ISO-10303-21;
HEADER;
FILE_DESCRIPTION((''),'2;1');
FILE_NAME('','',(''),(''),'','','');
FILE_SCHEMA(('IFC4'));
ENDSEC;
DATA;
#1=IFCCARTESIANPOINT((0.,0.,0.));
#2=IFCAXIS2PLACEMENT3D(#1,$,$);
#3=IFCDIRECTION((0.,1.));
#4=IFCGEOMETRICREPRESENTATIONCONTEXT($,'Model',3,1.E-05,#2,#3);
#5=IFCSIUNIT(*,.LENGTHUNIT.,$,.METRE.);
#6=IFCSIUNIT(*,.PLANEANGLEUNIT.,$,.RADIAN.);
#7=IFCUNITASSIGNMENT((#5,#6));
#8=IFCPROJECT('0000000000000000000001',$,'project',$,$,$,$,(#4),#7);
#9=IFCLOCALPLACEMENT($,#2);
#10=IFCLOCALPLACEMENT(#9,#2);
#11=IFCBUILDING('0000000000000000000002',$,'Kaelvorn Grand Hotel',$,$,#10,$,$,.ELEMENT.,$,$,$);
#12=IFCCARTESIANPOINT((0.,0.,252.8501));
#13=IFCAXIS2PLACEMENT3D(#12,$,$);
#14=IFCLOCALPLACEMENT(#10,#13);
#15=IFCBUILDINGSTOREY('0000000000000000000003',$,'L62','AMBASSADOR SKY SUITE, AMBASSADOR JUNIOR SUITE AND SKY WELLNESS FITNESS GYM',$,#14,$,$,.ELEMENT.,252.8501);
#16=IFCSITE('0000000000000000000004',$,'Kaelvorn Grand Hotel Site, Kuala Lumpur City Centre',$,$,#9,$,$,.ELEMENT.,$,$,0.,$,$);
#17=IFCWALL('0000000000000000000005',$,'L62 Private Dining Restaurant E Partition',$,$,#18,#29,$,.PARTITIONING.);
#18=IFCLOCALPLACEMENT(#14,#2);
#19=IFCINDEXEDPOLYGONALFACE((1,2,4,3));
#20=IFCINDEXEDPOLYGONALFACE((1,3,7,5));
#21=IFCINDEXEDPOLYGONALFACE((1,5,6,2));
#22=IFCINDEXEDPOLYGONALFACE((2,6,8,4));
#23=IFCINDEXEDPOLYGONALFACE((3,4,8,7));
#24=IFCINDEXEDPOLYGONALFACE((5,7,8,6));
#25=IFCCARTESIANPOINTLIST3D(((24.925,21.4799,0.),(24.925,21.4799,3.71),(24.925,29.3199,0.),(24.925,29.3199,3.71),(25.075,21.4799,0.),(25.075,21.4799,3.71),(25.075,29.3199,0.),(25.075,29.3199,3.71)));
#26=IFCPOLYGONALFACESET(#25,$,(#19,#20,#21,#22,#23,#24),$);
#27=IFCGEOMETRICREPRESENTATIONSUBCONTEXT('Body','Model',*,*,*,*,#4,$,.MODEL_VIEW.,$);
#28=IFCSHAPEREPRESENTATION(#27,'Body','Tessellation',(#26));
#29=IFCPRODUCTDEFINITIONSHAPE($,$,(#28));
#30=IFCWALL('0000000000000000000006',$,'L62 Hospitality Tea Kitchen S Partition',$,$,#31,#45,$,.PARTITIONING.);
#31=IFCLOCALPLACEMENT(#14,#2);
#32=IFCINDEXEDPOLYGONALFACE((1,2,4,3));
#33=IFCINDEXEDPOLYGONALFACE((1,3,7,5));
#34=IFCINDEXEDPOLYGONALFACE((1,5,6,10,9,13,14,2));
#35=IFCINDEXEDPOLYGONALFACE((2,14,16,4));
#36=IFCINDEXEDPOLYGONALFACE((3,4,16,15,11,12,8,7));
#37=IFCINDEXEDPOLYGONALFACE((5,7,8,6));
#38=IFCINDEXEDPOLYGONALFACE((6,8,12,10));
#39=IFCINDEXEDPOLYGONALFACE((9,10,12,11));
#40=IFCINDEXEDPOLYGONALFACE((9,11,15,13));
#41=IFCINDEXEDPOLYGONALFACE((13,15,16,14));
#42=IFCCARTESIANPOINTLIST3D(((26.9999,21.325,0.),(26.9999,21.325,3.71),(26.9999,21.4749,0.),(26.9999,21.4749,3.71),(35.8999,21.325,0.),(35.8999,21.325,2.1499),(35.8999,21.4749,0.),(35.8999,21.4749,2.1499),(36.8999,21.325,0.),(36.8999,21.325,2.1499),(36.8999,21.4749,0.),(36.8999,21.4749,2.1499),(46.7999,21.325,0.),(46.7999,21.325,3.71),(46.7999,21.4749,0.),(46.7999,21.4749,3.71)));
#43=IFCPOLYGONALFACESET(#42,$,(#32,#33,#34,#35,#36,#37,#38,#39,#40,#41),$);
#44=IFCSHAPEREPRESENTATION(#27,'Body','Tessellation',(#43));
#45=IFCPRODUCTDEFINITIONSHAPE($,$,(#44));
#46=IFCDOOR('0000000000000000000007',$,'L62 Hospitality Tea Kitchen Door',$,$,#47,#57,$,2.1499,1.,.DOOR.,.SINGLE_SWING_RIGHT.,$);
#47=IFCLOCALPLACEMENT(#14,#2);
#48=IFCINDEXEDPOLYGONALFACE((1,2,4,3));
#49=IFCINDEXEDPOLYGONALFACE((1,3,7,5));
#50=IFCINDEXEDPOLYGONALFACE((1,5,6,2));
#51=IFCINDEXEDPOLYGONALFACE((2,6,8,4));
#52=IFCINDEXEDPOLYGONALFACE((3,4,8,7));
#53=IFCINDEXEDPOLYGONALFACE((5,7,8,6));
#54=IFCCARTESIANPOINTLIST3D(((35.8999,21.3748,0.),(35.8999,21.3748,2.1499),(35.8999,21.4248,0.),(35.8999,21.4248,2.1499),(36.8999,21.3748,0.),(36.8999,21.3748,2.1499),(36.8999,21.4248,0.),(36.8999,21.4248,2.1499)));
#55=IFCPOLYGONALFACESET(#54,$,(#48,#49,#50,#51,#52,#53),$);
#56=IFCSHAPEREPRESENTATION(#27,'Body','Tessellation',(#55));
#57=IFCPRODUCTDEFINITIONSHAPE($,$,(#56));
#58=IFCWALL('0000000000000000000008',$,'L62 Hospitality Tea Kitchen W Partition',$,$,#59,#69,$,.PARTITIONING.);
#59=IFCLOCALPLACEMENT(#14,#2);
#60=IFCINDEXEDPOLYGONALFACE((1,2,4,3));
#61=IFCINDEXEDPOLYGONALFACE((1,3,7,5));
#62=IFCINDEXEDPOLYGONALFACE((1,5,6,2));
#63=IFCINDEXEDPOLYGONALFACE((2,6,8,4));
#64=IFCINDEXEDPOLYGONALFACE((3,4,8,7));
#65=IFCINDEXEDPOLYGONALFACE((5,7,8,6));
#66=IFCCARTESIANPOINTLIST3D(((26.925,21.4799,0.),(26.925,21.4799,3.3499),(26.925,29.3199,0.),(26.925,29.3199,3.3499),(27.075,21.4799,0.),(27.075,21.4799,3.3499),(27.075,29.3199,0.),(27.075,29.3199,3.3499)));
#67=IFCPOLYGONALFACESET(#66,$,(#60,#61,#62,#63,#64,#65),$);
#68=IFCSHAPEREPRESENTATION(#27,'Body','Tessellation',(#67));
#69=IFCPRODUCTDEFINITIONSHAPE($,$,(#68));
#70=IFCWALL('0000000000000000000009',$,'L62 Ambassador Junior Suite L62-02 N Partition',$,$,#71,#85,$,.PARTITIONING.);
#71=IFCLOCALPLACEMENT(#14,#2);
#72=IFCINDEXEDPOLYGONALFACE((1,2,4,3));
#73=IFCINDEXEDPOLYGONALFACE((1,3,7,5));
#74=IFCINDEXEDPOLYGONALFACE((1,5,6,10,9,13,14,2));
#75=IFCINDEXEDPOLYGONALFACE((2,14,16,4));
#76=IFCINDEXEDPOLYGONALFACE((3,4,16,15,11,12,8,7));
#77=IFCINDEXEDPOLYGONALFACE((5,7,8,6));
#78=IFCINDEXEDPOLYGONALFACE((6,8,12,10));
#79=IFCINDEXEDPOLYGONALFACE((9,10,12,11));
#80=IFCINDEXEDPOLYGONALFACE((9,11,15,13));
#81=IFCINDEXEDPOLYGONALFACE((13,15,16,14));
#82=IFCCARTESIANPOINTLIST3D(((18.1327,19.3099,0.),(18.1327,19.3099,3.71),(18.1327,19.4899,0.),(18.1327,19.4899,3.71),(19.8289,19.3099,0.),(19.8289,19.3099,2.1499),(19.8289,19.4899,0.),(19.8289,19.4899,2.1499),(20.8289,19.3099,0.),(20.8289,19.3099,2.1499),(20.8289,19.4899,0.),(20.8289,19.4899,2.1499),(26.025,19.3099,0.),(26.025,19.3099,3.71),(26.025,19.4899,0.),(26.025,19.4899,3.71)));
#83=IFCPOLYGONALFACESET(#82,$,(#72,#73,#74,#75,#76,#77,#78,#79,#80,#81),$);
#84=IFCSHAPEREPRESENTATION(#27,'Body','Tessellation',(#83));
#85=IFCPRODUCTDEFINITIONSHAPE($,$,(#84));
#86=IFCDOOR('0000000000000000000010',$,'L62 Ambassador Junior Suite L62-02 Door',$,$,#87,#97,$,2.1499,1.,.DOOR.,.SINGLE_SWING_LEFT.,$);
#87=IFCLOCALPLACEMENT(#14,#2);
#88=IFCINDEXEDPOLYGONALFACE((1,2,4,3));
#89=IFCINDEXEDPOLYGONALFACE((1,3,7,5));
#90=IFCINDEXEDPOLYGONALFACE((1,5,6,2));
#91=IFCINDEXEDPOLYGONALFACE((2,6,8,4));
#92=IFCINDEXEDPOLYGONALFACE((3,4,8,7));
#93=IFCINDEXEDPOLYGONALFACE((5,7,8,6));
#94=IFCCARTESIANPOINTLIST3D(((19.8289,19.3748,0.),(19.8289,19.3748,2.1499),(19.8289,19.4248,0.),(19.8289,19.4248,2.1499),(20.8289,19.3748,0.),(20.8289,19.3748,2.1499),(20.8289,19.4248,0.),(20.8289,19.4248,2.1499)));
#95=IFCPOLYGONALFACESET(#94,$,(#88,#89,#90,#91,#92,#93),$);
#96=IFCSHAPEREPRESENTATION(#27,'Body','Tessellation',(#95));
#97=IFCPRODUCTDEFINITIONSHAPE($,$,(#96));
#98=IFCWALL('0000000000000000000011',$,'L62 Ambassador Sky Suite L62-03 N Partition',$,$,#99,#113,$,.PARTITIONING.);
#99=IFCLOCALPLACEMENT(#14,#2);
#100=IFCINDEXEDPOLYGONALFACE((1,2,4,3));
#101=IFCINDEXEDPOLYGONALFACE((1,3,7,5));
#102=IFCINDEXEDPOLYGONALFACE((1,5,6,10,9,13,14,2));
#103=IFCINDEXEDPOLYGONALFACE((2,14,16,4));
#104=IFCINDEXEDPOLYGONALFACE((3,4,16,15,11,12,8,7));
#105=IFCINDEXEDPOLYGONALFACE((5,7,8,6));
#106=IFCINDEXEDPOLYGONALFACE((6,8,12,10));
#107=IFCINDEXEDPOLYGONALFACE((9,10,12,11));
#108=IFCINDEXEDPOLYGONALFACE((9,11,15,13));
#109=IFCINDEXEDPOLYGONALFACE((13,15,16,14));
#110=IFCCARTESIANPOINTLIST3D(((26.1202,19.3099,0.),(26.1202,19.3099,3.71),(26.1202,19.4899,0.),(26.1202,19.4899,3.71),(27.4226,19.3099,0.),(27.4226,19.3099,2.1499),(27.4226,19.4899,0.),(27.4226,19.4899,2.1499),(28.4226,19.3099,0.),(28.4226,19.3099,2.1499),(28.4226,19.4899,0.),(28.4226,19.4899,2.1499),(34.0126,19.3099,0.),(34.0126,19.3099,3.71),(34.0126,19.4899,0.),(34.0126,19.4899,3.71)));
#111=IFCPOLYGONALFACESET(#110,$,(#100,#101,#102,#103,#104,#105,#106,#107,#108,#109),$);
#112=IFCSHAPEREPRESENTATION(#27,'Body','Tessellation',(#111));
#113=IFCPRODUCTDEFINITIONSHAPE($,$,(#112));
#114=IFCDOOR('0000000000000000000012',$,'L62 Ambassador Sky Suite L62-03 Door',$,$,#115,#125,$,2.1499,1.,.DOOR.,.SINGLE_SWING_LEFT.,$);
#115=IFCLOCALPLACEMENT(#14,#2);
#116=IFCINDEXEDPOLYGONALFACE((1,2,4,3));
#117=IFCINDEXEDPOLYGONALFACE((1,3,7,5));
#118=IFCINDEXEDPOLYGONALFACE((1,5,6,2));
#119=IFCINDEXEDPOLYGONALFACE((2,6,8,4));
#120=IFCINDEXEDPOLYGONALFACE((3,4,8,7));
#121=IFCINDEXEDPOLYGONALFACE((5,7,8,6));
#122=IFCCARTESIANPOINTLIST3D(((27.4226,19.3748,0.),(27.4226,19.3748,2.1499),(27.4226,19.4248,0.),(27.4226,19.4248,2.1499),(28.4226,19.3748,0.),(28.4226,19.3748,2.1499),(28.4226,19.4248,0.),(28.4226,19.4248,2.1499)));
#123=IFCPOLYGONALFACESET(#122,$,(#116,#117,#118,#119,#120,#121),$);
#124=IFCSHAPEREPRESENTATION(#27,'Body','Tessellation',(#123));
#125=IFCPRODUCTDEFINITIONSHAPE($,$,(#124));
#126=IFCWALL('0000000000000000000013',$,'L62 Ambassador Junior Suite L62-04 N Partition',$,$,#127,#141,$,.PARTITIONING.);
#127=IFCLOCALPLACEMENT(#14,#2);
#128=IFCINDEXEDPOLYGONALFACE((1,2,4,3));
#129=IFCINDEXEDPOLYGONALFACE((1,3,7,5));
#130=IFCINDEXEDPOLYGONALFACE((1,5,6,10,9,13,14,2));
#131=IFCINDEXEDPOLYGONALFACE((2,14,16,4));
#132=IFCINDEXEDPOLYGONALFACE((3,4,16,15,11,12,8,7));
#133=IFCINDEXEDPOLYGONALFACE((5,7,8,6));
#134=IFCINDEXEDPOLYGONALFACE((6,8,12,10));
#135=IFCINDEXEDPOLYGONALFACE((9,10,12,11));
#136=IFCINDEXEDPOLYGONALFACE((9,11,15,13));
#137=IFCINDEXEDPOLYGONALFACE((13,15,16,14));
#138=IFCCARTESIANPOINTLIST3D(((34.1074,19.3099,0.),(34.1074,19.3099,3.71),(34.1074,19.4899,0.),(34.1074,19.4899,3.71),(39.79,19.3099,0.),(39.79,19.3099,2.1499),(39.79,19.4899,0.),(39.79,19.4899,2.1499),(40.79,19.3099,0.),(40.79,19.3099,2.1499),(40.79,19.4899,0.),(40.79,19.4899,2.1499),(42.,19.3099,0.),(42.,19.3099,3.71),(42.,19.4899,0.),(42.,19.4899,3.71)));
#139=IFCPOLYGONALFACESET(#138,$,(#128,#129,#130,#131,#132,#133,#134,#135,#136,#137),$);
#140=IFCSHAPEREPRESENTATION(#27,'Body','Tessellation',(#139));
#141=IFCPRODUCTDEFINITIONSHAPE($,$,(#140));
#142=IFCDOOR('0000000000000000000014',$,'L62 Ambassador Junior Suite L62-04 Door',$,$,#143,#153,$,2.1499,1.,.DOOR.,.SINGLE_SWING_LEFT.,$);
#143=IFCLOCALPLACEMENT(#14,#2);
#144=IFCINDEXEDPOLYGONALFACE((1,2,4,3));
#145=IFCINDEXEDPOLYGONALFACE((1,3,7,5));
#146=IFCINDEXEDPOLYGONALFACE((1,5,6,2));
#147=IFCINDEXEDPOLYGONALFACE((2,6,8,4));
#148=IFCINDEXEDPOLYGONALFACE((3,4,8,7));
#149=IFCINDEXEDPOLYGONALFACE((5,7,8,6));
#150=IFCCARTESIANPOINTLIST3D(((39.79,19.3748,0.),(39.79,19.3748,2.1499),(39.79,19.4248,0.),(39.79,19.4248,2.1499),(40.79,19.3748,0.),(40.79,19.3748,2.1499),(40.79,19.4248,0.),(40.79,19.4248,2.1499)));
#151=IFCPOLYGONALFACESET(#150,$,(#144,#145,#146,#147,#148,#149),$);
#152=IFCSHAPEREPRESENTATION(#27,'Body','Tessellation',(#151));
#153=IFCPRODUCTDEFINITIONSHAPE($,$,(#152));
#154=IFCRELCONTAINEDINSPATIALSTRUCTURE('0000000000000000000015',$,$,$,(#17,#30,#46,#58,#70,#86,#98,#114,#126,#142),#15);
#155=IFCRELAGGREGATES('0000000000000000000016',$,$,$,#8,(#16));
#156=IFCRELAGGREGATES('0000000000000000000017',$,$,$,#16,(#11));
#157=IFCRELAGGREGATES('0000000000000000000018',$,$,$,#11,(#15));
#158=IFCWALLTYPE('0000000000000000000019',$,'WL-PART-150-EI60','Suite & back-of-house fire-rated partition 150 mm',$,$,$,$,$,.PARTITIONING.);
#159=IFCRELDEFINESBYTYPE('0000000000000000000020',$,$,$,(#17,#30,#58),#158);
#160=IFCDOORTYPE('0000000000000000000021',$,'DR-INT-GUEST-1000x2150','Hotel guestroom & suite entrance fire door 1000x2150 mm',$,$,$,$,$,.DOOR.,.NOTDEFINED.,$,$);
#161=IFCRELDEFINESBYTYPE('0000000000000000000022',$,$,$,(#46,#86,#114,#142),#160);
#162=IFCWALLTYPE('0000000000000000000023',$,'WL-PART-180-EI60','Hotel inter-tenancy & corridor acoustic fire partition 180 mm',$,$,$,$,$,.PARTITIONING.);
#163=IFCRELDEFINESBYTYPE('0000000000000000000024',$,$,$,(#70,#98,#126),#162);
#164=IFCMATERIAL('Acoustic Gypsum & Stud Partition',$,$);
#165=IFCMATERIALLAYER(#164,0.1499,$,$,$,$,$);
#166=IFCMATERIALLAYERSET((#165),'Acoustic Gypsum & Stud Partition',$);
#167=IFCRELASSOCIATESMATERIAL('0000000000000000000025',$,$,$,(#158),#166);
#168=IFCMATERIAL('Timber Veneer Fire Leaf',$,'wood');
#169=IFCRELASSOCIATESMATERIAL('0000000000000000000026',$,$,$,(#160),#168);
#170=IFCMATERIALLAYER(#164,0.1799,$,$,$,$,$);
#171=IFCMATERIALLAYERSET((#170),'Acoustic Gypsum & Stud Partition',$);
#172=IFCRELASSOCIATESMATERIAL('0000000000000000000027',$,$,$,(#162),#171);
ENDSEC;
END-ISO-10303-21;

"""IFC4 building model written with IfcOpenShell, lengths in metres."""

from ifc_helpers import new_model, si_unit, direction, frame, frame_2d, origin, place, context, subcontext, project, spatial, rectangle, extrude, material, layer, layer_set, type_object, element, fill, save


model = new_model("IFC4")

# Units and contexts
model_context = context("Model", 3, precision=1e-05, world=origin(), true_north=direction((0.0, 1.0)))
body_context = subcontext(model_context, "Body", "Model", "MODEL_VIEW")
ifc_project = project(units=[si_unit("LENGTHUNIT", "METRE"), si_unit("PLANEANGLEUNIT", "RADIAN")], contexts=[model_context])

# Site, building, storey
site_placement = place(None, origin())
site = spatial("IfcSite", under=ifc_project, at=site_placement, Name="Kaelvorn Grand Hotel Site, Kuala Lumpur City Centre", CompositionType="ELEMENT", RefElevation=0.0)
building_placement = place(site_placement, origin())
building = spatial("IfcBuilding", under=site, at=building_placement, Name="Kaelvorn Grand Hotel", CompositionType="ELEMENT")
storey_placement = place(building_placement, frame((0.0, 0.0, 252.8501)))
storey = spatial("IfcBuildingStorey", under=building, at=storey_placement, Name="L62", Description="AMBASSADOR SKY SUITE, AMBASSADOR JUNIOR SUITE AND SKY WELLNESS FITNESS GYM", CompositionType="ELEMENT", Elevation=252.8501)

# Wall
ifc_material_1 = material(Name="Acoustic Gypsum & Stud Partition")
ifc_layer_1 = layer(ifc_material_1, 0.1499)
ifc_layer_set_1 = layer_set([ifc_layer_1], Name="Acoustic Gypsum & Stud Partition")
wall_type_1 = type_object("IfcWallType", Name="WL-PART-150-EI60", Description="Suite & back-of-house fire-rated partition 150 mm", PredefinedType="PARTITIONING", material=ifc_layer_set_1)
wall_1_placement = place(storey_placement, frame((25.0, 21.48, 0.0), z_axis=(0.0, 0.0, 1.0), x_axis=(0.0, 1.0, 0.0)))
element("IfcWall", 1, at=wall_1_placement, inside=storey, type_object=wall_type_1, Name="L62 Private Dining Restaurant E Partition", PredefinedType="PARTITIONING", context=body_context, shape_type="SweptSolid", body=[
    extrude(rectangle(XDim=7.8401, YDim=0.1499, at=frame_2d((3.9199, 0.0))), origin(), (0.0, 0.0, 1.0), 3.71),
])

# Wall, opening, door
wall_2_placement = place(storey_placement, frame((27.0, 21.3999, 0.0), z_axis=(0.0, 0.0, 1.0), x_axis=(1.0, 0.0, 0.0)))
wall_2 = element("IfcWall", 2, at=wall_2_placement, inside=storey, type_object=wall_type_1, Name="L62 Hospitality Tea Kitchen S Partition", PredefinedType="PARTITIONING", context=body_context, shape_type="SweptSolid", body=[
    extrude(rectangle(XDim=19.8, YDim=0.1499, at=frame_2d((9.8999, 0.0))), origin(), (0.0, 0.0, 1.0), 3.71),
])
opening_1_placement = place(wall_2_placement, frame((8.8999, 0.0, 0.0)))
opening_1 = element("IfcOpeningElement", 3, at=opening_1_placement, cuts=wall_2, PredefinedType="OPENING", context=body_context, shape_type="SweptSolid", body=[
    extrude(rectangle(XDim=1.0, YDim=2.1499, at=frame_2d((0.5, 1.075))), frame((0.0, 0.085, 0.0), z_axis=(0.0, -1.0, 0.0), x_axis=(1.0, 0.0, 0.0)), (0.0, 0.0, 1.0), 0.1699),
])
ifc_material_2 = material(Name="Timber Veneer Fire Leaf", Category="wood")
door_type_1 = type_object("IfcDoorType", Name="DR-INT-GUEST-1000x2150", Description="Hotel guestroom & suite entrance fire door 1000x2150 mm", OperationType="NOTDEFINED", PredefinedType="DOOR", material=ifc_material_2)
door_1_placement = place(opening_1_placement, origin())
door_1 = element("IfcDoor", 4, at=door_1_placement, inside=storey, type_object=door_type_1, Name="L62 Hospitality Tea Kitchen Door", OperationType="SINGLE_SWING_RIGHT", OverallHeight=2.1499, OverallWidth=1.0, PredefinedType="DOOR", context=body_context, shape_type="SweptSolid", body=[
    extrude(rectangle(XDim=1.0, YDim=2.1499, at=frame_2d((0.5, 1.075))), frame((0.0, 0.0249, 0.0), z_axis=(0.0, -1.0, 0.0), x_axis=(1.0, 0.0, 0.0)), (0.0, 0.0, 1.0), 0.05),
])
fill(opening_1, door_1)

# Wall
wall_3_placement = place(storey_placement, frame((27.0, 21.48, 0.0), z_axis=(0.0, 0.0, 1.0), x_axis=(0.0, 1.0, 0.0)))
element("IfcWall", 5, at=wall_3_placement, inside=storey, type_object=wall_type_1, Name="L62 Hospitality Tea Kitchen W Partition", PredefinedType="PARTITIONING", context=body_context, shape_type="SweptSolid", body=[
    extrude(rectangle(XDim=7.8401, YDim=0.1499, at=frame_2d((3.9199, 0.0))), origin(), (0.0, 0.0, 1.0), 3.3499),
])

# Walls, openings, doors
ifc_layer_2 = layer(ifc_material_1, 0.1799)
ifc_layer_set_2 = layer_set([ifc_layer_2], Name="Acoustic Gypsum & Stud Partition")
wall_type_2 = type_object("IfcWallType", Name="WL-PART-180-EI60", Description="Hotel inter-tenancy & corridor acoustic fire partition 180 mm", PredefinedType="PARTITIONING", material=ifc_layer_set_2)
wall_4_placement = place(storey_placement, frame((18.1326, 19.3999, 0.0), z_axis=(0.0, 0.0, 1.0), x_axis=(1.0, 0.0, 0.0)))
wall_4 = element("IfcWall", 6, at=wall_4_placement, inside=storey, type_object=wall_type_2, Name="L62 Ambassador Junior Suite L62-02 N Partition", PredefinedType="PARTITIONING", context=body_context, shape_type="SweptSolid", body=[
    extrude(rectangle(XDim=7.8923, YDim=0.1799, at=frame_2d((3.9463, 0.0))), origin(), (0.0, 0.0, 1.0), 3.71),
])
opening_2_placement = place(wall_4_placement, frame((1.6963, 0.0, 0.0)))
opening_2 = element("IfcOpeningElement", 7, at=opening_2_placement, cuts=wall_4, PredefinedType="OPENING", context=body_context, shape_type="SweptSolid", body=[
    extrude(rectangle(XDim=1.0, YDim=2.1499, at=frame_2d((0.5, 1.075))), frame((0.0, 0.1001, 0.0), z_axis=(0.0, -1.0, 0.0), x_axis=(1.0, 0.0, 0.0)), (0.0, 0.0, 1.0), 0.2),
])
door_2_placement = place(opening_2_placement, origin())
door_2 = element("IfcDoor", 8, at=door_2_placement, inside=storey, type_object=door_type_1, Name="L62 Ambassador Junior Suite L62-02 Door", OperationType="SINGLE_SWING_LEFT", OverallHeight=2.1499, OverallWidth=1.0, PredefinedType="DOOR", context=body_context, shape_type="SweptSolid", body=[
    extrude(rectangle(XDim=1.0, YDim=2.1499, at=frame_2d((0.5, 1.075))), frame((0.0, 0.0249, 0.0), z_axis=(0.0, -1.0, 0.0), x_axis=(1.0, 0.0, 0.0)), (0.0, 0.0, 1.0), 0.05),
])
fill(opening_2, door_2)
wall_5_placement = place(storey_placement, frame((26.1201, 19.3999, 0.0), z_axis=(0.0, 0.0, 1.0), x_axis=(1.0, 0.0, 0.0)))
wall_5 = element("IfcWall", 9, at=wall_5_placement, inside=storey, type_object=wall_type_2, Name="L62 Ambassador Sky Suite L62-03 N Partition", PredefinedType="PARTITIONING", context=body_context, shape_type="SweptSolid", body=[
    extrude(rectangle(XDim=7.8923, YDim=0.1799, at=frame_2d((3.9463, 0.0))), origin(), (0.0, 0.0, 1.0), 3.71),
])
opening_3_placement = place(wall_5_placement, frame((1.3025, 0.0, 0.0)))
opening_3 = element("IfcOpeningElement", 10, at=opening_3_placement, cuts=wall_5, PredefinedType="OPENING", context=body_context, shape_type="SweptSolid", body=[
    extrude(rectangle(XDim=1.0, YDim=2.1499, at=frame_2d((0.5, 1.075))), frame((0.0, 0.1001, 0.0), z_axis=(0.0, -1.0, 0.0), x_axis=(1.0, 0.0, 0.0)), (0.0, 0.0, 1.0), 0.2),
])
door_3_placement = place(opening_3_placement, origin())
door_3 = element("IfcDoor", 11, at=door_3_placement, inside=storey, type_object=door_type_1, Name="L62 Ambassador Sky Suite L62-03 Door", OperationType="SINGLE_SWING_LEFT", OverallHeight=2.1499, OverallWidth=1.0, PredefinedType="DOOR", context=body_context, shape_type="SweptSolid", body=[
    extrude(rectangle(XDim=1.0, YDim=2.1499, at=frame_2d((0.5, 1.075))), frame((0.0, 0.0249, 0.0), z_axis=(0.0, -1.0, 0.0), x_axis=(1.0, 0.0, 0.0)), (0.0, 0.0, 1.0), 0.05),
])
fill(opening_3, door_3)
wall_6_placement = place(storey_placement, frame((34.1074, 19.3999, 0.0), z_axis=(0.0, 0.0, 1.0), x_axis=(1.0, 0.0, 0.0)))
wall_6 = element("IfcWall", 12, at=wall_6_placement, inside=storey, type_object=wall_type_2, Name="L62 Ambassador Junior Suite L62-04 N Partition", PredefinedType="PARTITIONING", context=body_context, shape_type="SweptSolid", body=[
    extrude(rectangle(XDim=7.8926, YDim=0.1799, at=frame_2d((3.9463, 0.0))), origin(), (0.0, 0.0, 1.0), 3.71),
])
opening_4_placement = place(wall_6_placement, frame((5.6826, 0.0, 0.0)))
opening_4 = element("IfcOpeningElement", 13, at=opening_4_placement, cuts=wall_6, PredefinedType="OPENING", context=body_context, shape_type="SweptSolid", body=[
    extrude(rectangle(XDim=1.0, YDim=2.1499, at=frame_2d((0.5, 1.075))), frame((0.0, 0.1001, 0.0), z_axis=(0.0, -1.0, 0.0), x_axis=(1.0, 0.0, 0.0)), (0.0, 0.0, 1.0), 0.2),
])
door_4_placement = place(opening_4_placement, origin())
door_4 = element("IfcDoor", 14, at=door_4_placement, inside=storey, type_object=door_type_1, Name="L62 Ambassador Junior Suite L62-04 Door", OperationType="SINGLE_SWING_LEFT", OverallHeight=2.1499, OverallWidth=1.0, PredefinedType="DOOR", context=body_context, shape_type="SweptSolid", body=[
    extrude(rectangle(XDim=1.0, YDim=2.1499, at=frame_2d((0.5, 1.075))), frame((0.0, 0.0249, 0.0), z_axis=(0.0, -1.0, 0.0), x_axis=(1.0, 0.0, 0.0)), (0.0, 0.0, 1.0), 0.05),
])
fill(opening_4, door_4)

save(model, "model.ifc")
